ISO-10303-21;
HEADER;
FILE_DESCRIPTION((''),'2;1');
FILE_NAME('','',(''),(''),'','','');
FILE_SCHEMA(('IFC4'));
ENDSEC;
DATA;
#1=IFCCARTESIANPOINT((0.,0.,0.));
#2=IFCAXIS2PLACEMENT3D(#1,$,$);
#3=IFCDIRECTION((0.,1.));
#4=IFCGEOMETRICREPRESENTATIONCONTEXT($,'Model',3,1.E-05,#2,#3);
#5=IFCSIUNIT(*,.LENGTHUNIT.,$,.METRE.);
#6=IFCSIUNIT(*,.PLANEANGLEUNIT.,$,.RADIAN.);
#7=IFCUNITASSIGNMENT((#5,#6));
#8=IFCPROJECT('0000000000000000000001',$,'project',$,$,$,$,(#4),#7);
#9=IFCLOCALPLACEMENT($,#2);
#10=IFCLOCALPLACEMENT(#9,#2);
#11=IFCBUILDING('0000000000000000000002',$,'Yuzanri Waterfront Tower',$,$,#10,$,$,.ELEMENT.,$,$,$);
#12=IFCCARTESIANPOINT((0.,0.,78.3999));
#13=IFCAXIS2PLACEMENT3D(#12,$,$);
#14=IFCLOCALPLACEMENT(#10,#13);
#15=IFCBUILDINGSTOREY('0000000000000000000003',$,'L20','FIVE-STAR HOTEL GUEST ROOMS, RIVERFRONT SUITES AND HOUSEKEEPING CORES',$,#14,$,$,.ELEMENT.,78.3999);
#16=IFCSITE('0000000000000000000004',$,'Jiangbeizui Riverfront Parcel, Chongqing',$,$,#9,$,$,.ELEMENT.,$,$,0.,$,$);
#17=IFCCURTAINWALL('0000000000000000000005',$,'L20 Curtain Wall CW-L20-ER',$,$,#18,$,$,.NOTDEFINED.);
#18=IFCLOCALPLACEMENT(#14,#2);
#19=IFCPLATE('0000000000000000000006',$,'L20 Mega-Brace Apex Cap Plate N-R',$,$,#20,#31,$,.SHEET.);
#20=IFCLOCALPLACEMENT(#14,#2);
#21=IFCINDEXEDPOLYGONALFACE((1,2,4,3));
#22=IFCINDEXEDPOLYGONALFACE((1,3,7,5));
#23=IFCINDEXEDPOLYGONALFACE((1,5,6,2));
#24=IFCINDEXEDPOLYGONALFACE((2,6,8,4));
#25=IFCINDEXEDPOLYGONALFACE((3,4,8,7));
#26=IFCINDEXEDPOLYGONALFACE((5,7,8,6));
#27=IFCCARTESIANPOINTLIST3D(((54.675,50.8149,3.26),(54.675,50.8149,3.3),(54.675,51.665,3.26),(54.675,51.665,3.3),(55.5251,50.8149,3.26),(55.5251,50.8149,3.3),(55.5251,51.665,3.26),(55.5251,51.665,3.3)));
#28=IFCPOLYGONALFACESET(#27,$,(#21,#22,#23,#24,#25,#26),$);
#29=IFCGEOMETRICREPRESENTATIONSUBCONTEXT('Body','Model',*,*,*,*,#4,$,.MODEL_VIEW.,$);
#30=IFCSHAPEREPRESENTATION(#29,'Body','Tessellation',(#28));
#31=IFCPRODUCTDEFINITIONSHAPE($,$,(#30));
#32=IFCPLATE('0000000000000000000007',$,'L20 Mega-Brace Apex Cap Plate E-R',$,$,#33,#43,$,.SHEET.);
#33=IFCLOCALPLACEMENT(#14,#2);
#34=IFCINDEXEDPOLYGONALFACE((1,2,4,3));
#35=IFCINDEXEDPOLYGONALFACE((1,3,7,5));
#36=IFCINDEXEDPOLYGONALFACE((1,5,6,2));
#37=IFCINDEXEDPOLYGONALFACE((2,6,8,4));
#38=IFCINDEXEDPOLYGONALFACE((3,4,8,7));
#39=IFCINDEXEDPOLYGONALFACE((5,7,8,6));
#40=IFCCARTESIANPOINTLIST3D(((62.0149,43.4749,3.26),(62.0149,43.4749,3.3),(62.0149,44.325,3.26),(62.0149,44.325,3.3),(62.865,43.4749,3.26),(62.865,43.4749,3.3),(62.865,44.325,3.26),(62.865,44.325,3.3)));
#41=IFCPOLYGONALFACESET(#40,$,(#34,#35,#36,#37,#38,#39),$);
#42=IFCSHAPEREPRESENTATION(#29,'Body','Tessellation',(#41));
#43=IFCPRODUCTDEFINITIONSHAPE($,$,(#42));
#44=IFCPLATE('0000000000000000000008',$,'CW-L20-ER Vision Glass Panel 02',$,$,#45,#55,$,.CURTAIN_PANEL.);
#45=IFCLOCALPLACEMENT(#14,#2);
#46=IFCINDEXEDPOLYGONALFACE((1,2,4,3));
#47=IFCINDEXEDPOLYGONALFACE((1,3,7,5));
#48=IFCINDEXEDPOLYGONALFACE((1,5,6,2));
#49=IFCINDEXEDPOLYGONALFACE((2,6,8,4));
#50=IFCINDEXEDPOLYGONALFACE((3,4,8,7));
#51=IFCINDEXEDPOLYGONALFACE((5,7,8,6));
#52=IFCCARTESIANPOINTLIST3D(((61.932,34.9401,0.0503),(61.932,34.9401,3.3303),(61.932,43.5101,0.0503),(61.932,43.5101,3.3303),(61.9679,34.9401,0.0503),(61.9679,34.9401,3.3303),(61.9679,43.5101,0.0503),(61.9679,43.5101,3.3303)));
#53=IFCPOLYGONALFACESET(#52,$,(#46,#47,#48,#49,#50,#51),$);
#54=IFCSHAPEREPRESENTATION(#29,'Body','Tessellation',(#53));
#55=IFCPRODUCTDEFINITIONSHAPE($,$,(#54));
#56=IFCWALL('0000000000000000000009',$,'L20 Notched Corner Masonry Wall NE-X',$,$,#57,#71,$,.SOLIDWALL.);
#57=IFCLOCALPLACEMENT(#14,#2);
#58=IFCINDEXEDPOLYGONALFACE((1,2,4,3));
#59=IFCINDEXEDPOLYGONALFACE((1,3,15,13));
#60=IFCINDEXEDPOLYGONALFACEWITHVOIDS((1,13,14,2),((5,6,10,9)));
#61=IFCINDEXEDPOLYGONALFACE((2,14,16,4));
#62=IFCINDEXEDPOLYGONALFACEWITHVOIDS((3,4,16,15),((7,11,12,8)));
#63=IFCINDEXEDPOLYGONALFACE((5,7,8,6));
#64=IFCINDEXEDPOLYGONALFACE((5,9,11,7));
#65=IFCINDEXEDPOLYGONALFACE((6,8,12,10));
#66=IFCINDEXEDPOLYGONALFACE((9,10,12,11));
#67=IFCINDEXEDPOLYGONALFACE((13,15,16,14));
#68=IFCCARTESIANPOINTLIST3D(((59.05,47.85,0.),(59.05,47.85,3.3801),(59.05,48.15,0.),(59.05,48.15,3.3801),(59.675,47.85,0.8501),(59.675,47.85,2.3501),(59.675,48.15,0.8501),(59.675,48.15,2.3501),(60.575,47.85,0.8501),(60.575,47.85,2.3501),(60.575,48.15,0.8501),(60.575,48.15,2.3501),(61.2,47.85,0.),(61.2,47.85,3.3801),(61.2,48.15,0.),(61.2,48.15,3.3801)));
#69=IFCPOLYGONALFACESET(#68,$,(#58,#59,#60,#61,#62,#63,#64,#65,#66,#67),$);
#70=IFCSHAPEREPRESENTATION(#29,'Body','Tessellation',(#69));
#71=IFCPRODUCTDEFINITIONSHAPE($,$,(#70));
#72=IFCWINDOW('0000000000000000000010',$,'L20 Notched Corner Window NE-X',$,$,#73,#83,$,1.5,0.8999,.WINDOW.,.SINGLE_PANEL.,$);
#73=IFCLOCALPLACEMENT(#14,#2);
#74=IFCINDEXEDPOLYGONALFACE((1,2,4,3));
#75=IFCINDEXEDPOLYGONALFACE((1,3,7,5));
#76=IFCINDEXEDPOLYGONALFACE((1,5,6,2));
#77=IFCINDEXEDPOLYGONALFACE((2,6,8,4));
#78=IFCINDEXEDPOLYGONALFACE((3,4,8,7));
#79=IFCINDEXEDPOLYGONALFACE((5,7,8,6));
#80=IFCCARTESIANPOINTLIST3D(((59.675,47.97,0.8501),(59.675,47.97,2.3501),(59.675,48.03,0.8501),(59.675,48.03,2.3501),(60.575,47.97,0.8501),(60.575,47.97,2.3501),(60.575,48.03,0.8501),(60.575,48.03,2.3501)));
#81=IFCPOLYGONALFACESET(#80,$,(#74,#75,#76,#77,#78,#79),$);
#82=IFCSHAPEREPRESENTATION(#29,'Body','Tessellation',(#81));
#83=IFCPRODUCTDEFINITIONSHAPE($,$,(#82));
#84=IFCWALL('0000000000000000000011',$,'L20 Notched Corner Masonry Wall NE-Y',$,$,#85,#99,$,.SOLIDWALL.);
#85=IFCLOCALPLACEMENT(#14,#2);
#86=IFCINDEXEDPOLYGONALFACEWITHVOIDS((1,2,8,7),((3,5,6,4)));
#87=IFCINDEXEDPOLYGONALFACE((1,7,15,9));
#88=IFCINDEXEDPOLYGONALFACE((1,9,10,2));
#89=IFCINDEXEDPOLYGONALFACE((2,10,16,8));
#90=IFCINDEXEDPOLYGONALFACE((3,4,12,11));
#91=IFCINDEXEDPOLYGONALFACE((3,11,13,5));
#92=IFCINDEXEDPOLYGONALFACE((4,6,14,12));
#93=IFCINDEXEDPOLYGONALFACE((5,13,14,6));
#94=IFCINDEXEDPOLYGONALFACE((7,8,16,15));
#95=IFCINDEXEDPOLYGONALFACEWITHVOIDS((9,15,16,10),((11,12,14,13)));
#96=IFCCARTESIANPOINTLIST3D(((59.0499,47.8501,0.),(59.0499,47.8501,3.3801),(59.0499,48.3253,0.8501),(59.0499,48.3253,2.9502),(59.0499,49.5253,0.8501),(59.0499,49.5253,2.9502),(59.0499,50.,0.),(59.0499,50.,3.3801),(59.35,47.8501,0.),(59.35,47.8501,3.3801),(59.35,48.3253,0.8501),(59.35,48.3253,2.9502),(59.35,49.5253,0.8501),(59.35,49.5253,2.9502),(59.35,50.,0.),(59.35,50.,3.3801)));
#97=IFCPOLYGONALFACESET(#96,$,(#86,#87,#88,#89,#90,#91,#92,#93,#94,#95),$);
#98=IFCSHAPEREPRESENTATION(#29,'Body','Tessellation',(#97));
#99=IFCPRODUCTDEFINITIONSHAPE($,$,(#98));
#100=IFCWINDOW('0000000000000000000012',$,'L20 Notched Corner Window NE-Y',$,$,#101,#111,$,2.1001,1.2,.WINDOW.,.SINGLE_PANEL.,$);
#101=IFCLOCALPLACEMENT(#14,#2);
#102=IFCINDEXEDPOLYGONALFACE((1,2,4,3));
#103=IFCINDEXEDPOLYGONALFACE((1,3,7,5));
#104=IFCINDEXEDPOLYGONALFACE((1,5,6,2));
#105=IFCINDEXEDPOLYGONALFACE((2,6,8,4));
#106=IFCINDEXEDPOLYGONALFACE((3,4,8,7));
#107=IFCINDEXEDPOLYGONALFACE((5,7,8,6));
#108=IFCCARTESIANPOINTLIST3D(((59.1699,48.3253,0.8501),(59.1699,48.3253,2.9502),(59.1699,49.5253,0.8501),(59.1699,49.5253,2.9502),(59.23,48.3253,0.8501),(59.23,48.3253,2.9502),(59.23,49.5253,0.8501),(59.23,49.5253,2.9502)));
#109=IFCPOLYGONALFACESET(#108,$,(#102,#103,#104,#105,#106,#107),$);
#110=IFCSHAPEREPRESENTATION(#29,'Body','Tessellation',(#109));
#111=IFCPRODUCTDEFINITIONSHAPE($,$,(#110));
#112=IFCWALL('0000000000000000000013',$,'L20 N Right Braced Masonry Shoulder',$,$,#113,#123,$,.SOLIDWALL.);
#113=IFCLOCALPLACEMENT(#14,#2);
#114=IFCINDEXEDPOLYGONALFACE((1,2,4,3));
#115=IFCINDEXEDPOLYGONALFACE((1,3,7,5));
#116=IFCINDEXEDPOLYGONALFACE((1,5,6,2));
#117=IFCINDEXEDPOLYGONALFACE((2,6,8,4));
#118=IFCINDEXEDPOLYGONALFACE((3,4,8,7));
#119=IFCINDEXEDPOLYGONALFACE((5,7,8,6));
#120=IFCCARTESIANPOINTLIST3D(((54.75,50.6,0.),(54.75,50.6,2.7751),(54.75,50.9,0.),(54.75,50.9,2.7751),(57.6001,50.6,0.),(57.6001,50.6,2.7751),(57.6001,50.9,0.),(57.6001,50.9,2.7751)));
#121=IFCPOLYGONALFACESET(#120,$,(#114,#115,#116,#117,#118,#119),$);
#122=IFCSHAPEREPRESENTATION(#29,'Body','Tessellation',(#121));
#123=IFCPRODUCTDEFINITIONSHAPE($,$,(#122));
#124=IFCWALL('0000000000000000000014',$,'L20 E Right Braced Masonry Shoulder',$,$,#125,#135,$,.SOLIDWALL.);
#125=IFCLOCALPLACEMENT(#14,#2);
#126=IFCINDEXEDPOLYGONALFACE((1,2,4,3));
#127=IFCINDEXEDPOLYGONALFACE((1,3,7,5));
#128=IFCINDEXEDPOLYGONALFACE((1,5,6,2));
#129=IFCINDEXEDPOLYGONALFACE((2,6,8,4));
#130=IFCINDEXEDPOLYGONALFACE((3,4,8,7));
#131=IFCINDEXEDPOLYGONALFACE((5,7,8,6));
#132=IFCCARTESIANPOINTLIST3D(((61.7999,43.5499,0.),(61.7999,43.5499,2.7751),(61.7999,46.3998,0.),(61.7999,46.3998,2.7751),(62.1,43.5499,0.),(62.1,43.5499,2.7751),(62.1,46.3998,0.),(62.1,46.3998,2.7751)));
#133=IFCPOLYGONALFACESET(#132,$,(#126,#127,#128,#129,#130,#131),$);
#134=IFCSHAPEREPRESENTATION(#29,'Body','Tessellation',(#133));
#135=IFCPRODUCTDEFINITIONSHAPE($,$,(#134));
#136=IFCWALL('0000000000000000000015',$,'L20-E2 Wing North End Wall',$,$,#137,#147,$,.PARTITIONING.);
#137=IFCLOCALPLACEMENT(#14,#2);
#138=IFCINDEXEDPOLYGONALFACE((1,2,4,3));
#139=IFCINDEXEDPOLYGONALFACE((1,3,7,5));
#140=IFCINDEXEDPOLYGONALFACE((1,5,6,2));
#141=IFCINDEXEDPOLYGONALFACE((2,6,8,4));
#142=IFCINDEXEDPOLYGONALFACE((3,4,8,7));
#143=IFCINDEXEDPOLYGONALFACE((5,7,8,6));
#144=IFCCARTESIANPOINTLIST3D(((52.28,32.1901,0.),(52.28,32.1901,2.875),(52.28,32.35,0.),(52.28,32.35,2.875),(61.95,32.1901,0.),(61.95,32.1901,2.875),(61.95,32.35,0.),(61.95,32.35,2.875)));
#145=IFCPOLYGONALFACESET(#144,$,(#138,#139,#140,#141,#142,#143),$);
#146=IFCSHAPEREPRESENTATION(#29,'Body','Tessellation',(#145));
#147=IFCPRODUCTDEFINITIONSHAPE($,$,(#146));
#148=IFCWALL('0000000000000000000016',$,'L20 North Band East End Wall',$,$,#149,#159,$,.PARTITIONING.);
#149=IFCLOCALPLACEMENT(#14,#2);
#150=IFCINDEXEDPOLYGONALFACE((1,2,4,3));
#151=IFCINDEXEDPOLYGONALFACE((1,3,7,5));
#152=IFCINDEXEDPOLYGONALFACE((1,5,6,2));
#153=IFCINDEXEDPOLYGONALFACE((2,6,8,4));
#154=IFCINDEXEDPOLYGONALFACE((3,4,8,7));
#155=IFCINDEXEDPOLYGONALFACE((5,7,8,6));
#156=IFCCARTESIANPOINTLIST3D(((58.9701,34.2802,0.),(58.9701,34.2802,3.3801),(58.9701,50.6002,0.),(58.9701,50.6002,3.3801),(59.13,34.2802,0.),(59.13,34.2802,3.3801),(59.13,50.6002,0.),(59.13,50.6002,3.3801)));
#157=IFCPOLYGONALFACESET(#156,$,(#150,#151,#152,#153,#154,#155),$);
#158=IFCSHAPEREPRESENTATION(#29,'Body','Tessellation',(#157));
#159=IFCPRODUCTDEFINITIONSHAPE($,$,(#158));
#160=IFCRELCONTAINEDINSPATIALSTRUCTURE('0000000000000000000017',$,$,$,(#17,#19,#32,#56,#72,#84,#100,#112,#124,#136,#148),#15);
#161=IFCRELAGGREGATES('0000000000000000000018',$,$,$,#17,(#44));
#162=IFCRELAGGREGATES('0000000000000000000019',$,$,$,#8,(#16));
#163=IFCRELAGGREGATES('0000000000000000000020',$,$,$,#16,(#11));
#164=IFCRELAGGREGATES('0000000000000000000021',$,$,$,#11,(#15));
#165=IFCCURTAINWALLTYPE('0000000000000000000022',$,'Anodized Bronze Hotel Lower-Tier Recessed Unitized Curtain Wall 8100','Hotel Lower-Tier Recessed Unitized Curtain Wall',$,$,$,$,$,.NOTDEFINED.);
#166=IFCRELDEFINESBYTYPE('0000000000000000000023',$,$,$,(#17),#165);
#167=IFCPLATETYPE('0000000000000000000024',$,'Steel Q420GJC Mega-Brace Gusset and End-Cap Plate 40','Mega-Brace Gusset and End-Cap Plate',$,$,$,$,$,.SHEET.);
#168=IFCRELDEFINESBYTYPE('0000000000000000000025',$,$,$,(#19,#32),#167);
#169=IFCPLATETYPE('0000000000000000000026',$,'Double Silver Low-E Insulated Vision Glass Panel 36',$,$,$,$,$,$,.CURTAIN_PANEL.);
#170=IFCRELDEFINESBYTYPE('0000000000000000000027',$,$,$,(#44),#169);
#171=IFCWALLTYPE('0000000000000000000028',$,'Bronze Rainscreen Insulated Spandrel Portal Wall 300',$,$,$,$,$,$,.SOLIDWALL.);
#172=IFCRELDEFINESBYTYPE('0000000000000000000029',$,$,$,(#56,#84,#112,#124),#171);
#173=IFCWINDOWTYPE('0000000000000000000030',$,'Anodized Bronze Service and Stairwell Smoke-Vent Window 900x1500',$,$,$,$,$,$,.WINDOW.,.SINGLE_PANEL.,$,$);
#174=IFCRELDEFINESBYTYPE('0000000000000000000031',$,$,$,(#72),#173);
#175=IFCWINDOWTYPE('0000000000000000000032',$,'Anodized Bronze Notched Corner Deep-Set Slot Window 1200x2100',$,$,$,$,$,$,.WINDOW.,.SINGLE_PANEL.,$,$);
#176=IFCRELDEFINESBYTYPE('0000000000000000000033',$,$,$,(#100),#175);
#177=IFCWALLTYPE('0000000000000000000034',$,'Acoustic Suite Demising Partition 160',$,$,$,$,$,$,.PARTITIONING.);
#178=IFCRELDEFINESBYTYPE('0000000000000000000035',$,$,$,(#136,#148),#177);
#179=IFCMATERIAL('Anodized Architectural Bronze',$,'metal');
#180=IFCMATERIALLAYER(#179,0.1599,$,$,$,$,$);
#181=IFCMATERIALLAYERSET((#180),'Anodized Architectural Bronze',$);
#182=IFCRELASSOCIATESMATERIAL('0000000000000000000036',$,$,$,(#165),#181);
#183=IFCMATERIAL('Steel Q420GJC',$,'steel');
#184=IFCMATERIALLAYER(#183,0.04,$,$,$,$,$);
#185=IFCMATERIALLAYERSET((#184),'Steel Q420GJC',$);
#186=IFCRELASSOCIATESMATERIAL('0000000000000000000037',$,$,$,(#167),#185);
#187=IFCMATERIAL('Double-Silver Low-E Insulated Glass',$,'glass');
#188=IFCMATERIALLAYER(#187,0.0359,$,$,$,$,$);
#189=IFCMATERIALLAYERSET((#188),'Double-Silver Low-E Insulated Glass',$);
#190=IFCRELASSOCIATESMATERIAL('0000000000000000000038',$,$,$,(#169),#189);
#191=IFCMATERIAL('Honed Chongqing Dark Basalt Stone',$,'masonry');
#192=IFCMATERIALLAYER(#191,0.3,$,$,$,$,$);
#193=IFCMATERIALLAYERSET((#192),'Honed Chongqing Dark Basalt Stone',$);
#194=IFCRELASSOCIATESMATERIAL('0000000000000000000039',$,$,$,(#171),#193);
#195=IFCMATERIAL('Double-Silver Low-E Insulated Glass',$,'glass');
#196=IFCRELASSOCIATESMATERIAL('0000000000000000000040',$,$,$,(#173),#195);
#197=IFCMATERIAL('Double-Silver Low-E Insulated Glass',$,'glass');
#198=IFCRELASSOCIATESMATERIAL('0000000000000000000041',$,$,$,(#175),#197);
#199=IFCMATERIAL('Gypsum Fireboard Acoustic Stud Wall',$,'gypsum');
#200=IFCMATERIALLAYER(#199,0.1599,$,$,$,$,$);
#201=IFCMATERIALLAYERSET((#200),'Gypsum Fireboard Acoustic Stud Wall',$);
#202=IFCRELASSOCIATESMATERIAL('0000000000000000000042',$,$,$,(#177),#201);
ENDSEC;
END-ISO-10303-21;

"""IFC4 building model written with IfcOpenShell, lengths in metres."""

from ifc_helpers import new_model, si_unit, direction, frame, frame_2d, origin, origin_2d, place, context, subcontext, project, spatial, rectangle, extrude, source, transform, mapped, material, layer, layer_set, type_object, element, fill, aggregate, save


model = new_model("IFC4")

# Units and contexts
model_context = context("Model", 3, precision=1e-05, world=origin(), true_north=direction((0.0, 1.0)))
body_context = subcontext(model_context, "Body", "Model", "MODEL_VIEW")
ifc_project = project(units=[si_unit("LENGTHUNIT", "METRE"), si_unit("PLANEANGLEUNIT", "RADIAN")], contexts=[model_context])

# Site, building, storey
site_placement = place(None, origin())
site = spatial("IfcSite", under=ifc_project, at=site_placement, Name="Jiangbeizui Riverfront Parcel, Chongqing", CompositionType="ELEMENT", RefElevation=0.0)
building_placement = place(site_placement, origin())
building = spatial("IfcBuilding", under=site, at=building_placement, Name="Yuzanri Waterfront Tower", CompositionType="ELEMENT")
storey_placement = place(building_placement, frame((0.0, 0.0, 78.3999)))
storey = spatial("IfcBuildingStorey", under=building, at=storey_placement, Name="L20", Description="FIVE-STAR HOTEL GUEST ROOMS, RIVERFRONT SUITES AND HOUSEKEEPING CORES", CompositionType="ELEMENT", Elevation=78.3999)

# Curtain wall
ifc_material_1 = material(Name="Anodized Architectural Bronze", Category="metal")
ifc_layer_1 = layer(ifc_material_1, 0.1599)
ifc_layer_set_1 = layer_set([ifc_layer_1], Name="Anodized Architectural Bronze")
curtain_wall_type = type_object("IfcCurtainWallType", Name="Anodized Bronze Hotel Lower-Tier Recessed Unitized Curtain Wall 8100", Description="Hotel Lower-Tier Recessed Unitized Curtain Wall", PredefinedType="NOTDEFINED", material=ifc_layer_set_1)
curtain_wall_1_placement = place(storey_placement, origin())
curtain_wall_1 = element("IfcCurtainWall", 1, at=curtain_wall_1_placement, inside=storey, type_object=curtain_wall_type, Name="L20 Curtain Wall CW-L20-ER", PredefinedType="NOTDEFINED")

# Plates
ifc_material_2 = material(Name="Steel Q420GJC", Category="steel")
ifc_layer_2 = layer(ifc_material_2, 0.04)
ifc_layer_set_2 = layer_set([ifc_layer_2], Name="Steel Q420GJC")
plate_type_1 = type_object("IfcPlateType", Name="Steel Q420GJC Mega-Brace Gusset and End-Cap Plate 40", Description="Mega-Brace Gusset and End-Cap Plate", PredefinedType="SHEET", material=ifc_layer_set_2)
shared_shape_1 = source(origin(), body_context, "Body", "SweptSolid", [
    extrude(rectangle(XDim=0.8501, YDim=0.8501, at=origin_2d()), origin(), (0.0, 0.0, 1.0), 0.04),
])
for number, where, z_axis, x_axis, name in (
    (2, (55.1001, 51.24, 3.26), (0.0, 0.0, 1.0), (1.0, 0.0, 0.0), "L20 Mega-Brace Apex Cap Plate N-R"),
    (3, (62.4399, 43.8999, 3.26), (0.0, 0.0, 1.0), (1.0, 0.0, 0.0), "L20 Mega-Brace Apex Cap Plate E-R"),
):
    element("IfcPlate", number, at=place(storey_placement, frame(where, z_axis=z_axis, x_axis=x_axis)), inside=storey, type_object=plate_type_1, Name=name, PredefinedType="SHEET", context=body_context, shape_type="MappedRepresentation", body=[
        mapped(shared_shape_1, transform((0.0, 0.0, 0.0), scale=1.0)),
    ])

# Plate
ifc_material_3 = material(Name="Double-Silver Low-E Insulated Glass", Category="glass")
ifc_layer_3 = layer(ifc_material_3, 0.0359)
ifc_layer_set_3 = layer_set([ifc_layer_3], Name="Double-Silver Low-E Insulated Glass")
plate_type_2 = type_object("IfcPlateType", Name="Double Silver Low-E Insulated Vision Glass Panel 36", PredefinedType="CURTAIN_PANEL", material=ifc_layer_set_3)
shared_shape_2 = source(origin(), body_context, "Body", "SweptSolid", [
    extrude(rectangle(XDim=8.5701, YDim=0.0359, at=origin_2d()), origin(), (0.0, 0.0, 1.0), 3.28),
])
plate_placement = place(storey_placement, frame((61.95, 39.2251, 0.0503), z_axis=(0.0, 0.0, 1.0), x_axis=(0.0, 1.0, 0.0)))
plate = element("IfcPlate", 4, at=plate_placement, type_object=plate_type_2, Name="CW-L20-ER Vision Glass Panel 02", PredefinedType="CURTAIN_PANEL", context=body_context, shape_type="MappedRepresentation", body=[
    mapped(shared_shape_2, transform((0.0, 0.0, 0.0), scale=1.0)),
])
aggregate(curtain_wall_1, [plate])

# Walls, openings, windows
ifc_material_4 = material(Name="Honed Chongqing Dark Basalt Stone", Category="masonry")
ifc_layer_4 = layer(ifc_material_4, 0.3)
ifc_layer_set_4 = layer_set([ifc_layer_4], Name="Honed Chongqing Dark Basalt Stone")
wall_type_1 = type_object("IfcWallType", Name="Bronze Rainscreen Insulated Spandrel Portal Wall 300", PredefinedType="SOLIDWALL", material=ifc_layer_set_4)
wall_1_placement = place(storey_placement, frame((61.2, 48.0, 0.0), z_axis=(0.0, 0.0, 1.0), x_axis=(-1.0, 0.0, 0.0)))
wall_1 = element("IfcWall", 5, at=wall_1_placement, inside=storey, type_object=wall_type_1, Name="L20 Notched Corner Masonry Wall NE-X", PredefinedType="SOLIDWALL", context=body_context, shape_type="SweptSolid", body=[
    extrude(rectangle(XDim=2.1499, YDim=0.3, at=frame_2d((1.075, 0.0))), origin(), (0.0, 0.0, 1.0), 3.3801),
])
opening_1_placement = place(wall_1_placement, frame((0.625, 0.0, 0.8501)))
opening_1 = element("IfcOpeningElement", 6, at=opening_1_placement, cuts=wall_1, PredefinedType="OPENING", context=body_context, shape_type="SweptSolid", body=[
    extrude(rectangle(XDim=0.8999, YDim=1.5, at=frame_2d((0.45, 0.75))), frame((0.0, 0.165, 0.0), z_axis=(0.0, -1.0, 0.0), x_axis=(1.0, 0.0, 0.0)), (0.0, 0.0, 1.0), 0.3298),
])
ifc_material_5 = material(Name="Double-Silver Low-E Insulated Glass", Category="glass")
window_type_1 = type_object("IfcWindowType", Name="Anodized Bronze Service and Stairwell Smoke-Vent Window 900x1500", PartitioningType="SINGLE_PANEL", PredefinedType="WINDOW", material=ifc_material_5)
shared_shape_3 = source(origin(), body_context, "Body", "SweptSolid", [
    extrude(rectangle(XDim=0.8999, YDim=1.5, at=frame_2d((0.45, 0.75))), frame((0.0, 0.03, 0.0), z_axis=(0.0, -1.0, 0.0), x_axis=(1.0, 0.0, 0.0)), (0.0, 0.0, 1.0), 0.0601),
])
window_1_placement = place(opening_1_placement, origin())
window_1 = element("IfcWindow", 7, at=window_1_placement, inside=storey, type_object=window_type_1, Name="L20 Notched Corner Window NE-X", OverallHeight=1.5, OverallWidth=0.8999, PartitioningType="SINGLE_PANEL", PredefinedType="WINDOW", context=body_context, shape_type="MappedRepresentation", body=[
    mapped(shared_shape_3, transform((0.0, 0.0, 0.0), scale=1.0)),
])
fill(opening_1, window_1)
wall_2_placement = place(storey_placement, frame((59.2, 47.8501, 0.0), z_axis=(0.0, 0.0, 1.0), x_axis=(0.0, 1.0, 0.0)))
wall_2 = element("IfcWall", 8, at=wall_2_placement, inside=storey, type_object=wall_type_1, Name="L20 Notched Corner Masonry Wall NE-Y", PredefinedType="SOLIDWALL", context=body_context, shape_type="SweptSolid", body=[
    extrude(rectangle(XDim=2.1499, YDim=0.3, at=frame_2d((1.075, 0.0))), origin(), (0.0, 0.0, 1.0), 3.3801),
])
opening_2_placement = place(wall_2_placement, frame((0.4751, 0.0, 0.8501)))
opening_2 = element("IfcOpeningElement", 9, at=opening_2_placement, cuts=wall_2, PredefinedType="OPENING", context=body_context, shape_type="SweptSolid", body=[
    extrude(rectangle(XDim=1.2, YDim=2.1001, at=frame_2d((0.6001, 1.05))), frame((0.0, 0.165, 0.0), z_axis=(0.0, -1.0, 0.0), x_axis=(1.0, 0.0, 0.0)), (0.0, 0.0, 1.0), 0.3298),
])
ifc_material_6 = material(Name="Double-Silver Low-E Insulated Glass", Category="glass")
window_type_2 = type_object("IfcWindowType", Name="Anodized Bronze Notched Corner Deep-Set Slot Window 1200x2100", PartitioningType="SINGLE_PANEL", PredefinedType="WINDOW", material=ifc_material_6)
shared_shape_4 = source(origin(), body_context, "Body", "SweptSolid", [
    extrude(rectangle(XDim=1.2, YDim=2.1001, at=frame_2d((0.6001, 1.05))), frame((0.0, 0.03, 0.0), z_axis=(0.0, -1.0, 0.0), x_axis=(1.0, 0.0, 0.0)), (0.0, 0.0, 1.0), 0.0601),
])
window_2_placement = place(opening_2_placement, origin())
window_2 = element("IfcWindow", 10, at=window_2_placement, inside=storey, type_object=window_type_2, Name="L20 Notched Corner Window NE-Y", OverallHeight=2.1001, OverallWidth=1.2, PartitioningType="SINGLE_PANEL", PredefinedType="WINDOW", context=body_context, shape_type="MappedRepresentation", body=[
    mapped(shared_shape_4, transform((0.0, 0.0, 0.0), scale=1.0)),
])
fill(opening_2, window_2)

# Walls
shared_shape_5 = source(origin(), body_context, "Body", "SweptSolid", [
    extrude(rectangle(XDim=2.8501, YDim=0.3, at=frame_2d((1.425, 0.0))), origin(), (0.0, 0.0, 1.0), 2.7751),
])
wall_3_placement = place(storey_placement, frame((54.75, 50.75, 0.0), z_axis=(0.0, 0.0, 1.0), x_axis=(1.0, 0.0, 0.0)))
element("IfcWall", 11, at=wall_3_placement, inside=storey, type_object=wall_type_1, Name="L20 N Right Braced Masonry Shoulder", PredefinedType="SOLIDWALL", context=body_context, shape_type="MappedRepresentation", body=[
    mapped(shared_shape_5, transform((0.0, 0.0, 0.0), scale=1.0)),
])
shared_shape_6 = source(origin(), body_context, "Body", "SweptSolid", [
    extrude(rectangle(XDim=2.8499, YDim=0.3, at=frame_2d((1.4248, 0.0))), origin(), (0.0, 0.0, 1.0), 2.7751),
])
wall_4_placement = place(storey_placement, frame((61.95, 43.55, 0.0), z_axis=(0.0, 0.0, 1.0), x_axis=(0.0, 1.0, 0.0)))
element("IfcWall", 12, at=wall_4_placement, inside=storey, type_object=wall_type_1, Name="L20 E Right Braced Masonry Shoulder", PredefinedType="SOLIDWALL", context=body_context, shape_type="MappedRepresentation", body=[
    mapped(shared_shape_6, transform((0.0, 0.0, 0.0), scale=1.0)),
])
ifc_material_7 = material(Name="Gypsum Fireboard Acoustic Stud Wall", Category="gypsum")
ifc_layer_5 = layer(ifc_material_7, 0.1599)
ifc_layer_set_5 = layer_set([ifc_layer_5], Name="Gypsum Fireboard Acoustic Stud Wall")
wall_type_2 = type_object("IfcWallType", Name="Acoustic Suite Demising Partition 160", PredefinedType="PARTITIONING", material=ifc_layer_set_5)
shared_shape_7 = source(origin(), body_context, "Body", "SweptSolid", [
    extrude(rectangle(XDim=9.6699, YDim=0.1599, at=frame_2d((4.835, 0.0))), origin(), (0.0, 0.0, 1.0), 2.875),
])
wall_5_placement = place(storey_placement, frame((52.28, 32.27, 0.0), z_axis=(0.0, 0.0, 1.0), x_axis=(1.0, 0.0, 0.0)))
element("IfcWall", 13, at=wall_5_placement, inside=storey, type_object=wall_type_2, Name="L20-E2 Wing North End Wall", PredefinedType="PARTITIONING", context=body_context, shape_type="MappedRepresentation", body=[
    mapped(shared_shape_7, transform((0.0, 0.0, 0.0), scale=1.0)),
])
shared_shape_8 = source(origin(), body_context, "Body", "SweptSolid", [
    extrude(rectangle(XDim=16.3201, YDim=0.1599, at=frame_2d((8.1602, 0.0))), origin(), (0.0, 0.0, 1.0), 3.3801),
])
wall_6_placement = place(storey_placement, frame((59.05, 34.28, 0.0), z_axis=(0.0, 0.0, 1.0), x_axis=(0.0, 1.0, 0.0)))
element("IfcWall", 14, at=wall_6_placement, inside=storey, type_object=wall_type_2, Name="L20 North Band East End Wall", PredefinedType="PARTITIONING", context=body_context, shape_type="MappedRepresentation", body=[
    mapped(shared_shape_8, transform((0.0, 0.0, 0.0), scale=1.0)),
])

save(model, "model.ifc")
